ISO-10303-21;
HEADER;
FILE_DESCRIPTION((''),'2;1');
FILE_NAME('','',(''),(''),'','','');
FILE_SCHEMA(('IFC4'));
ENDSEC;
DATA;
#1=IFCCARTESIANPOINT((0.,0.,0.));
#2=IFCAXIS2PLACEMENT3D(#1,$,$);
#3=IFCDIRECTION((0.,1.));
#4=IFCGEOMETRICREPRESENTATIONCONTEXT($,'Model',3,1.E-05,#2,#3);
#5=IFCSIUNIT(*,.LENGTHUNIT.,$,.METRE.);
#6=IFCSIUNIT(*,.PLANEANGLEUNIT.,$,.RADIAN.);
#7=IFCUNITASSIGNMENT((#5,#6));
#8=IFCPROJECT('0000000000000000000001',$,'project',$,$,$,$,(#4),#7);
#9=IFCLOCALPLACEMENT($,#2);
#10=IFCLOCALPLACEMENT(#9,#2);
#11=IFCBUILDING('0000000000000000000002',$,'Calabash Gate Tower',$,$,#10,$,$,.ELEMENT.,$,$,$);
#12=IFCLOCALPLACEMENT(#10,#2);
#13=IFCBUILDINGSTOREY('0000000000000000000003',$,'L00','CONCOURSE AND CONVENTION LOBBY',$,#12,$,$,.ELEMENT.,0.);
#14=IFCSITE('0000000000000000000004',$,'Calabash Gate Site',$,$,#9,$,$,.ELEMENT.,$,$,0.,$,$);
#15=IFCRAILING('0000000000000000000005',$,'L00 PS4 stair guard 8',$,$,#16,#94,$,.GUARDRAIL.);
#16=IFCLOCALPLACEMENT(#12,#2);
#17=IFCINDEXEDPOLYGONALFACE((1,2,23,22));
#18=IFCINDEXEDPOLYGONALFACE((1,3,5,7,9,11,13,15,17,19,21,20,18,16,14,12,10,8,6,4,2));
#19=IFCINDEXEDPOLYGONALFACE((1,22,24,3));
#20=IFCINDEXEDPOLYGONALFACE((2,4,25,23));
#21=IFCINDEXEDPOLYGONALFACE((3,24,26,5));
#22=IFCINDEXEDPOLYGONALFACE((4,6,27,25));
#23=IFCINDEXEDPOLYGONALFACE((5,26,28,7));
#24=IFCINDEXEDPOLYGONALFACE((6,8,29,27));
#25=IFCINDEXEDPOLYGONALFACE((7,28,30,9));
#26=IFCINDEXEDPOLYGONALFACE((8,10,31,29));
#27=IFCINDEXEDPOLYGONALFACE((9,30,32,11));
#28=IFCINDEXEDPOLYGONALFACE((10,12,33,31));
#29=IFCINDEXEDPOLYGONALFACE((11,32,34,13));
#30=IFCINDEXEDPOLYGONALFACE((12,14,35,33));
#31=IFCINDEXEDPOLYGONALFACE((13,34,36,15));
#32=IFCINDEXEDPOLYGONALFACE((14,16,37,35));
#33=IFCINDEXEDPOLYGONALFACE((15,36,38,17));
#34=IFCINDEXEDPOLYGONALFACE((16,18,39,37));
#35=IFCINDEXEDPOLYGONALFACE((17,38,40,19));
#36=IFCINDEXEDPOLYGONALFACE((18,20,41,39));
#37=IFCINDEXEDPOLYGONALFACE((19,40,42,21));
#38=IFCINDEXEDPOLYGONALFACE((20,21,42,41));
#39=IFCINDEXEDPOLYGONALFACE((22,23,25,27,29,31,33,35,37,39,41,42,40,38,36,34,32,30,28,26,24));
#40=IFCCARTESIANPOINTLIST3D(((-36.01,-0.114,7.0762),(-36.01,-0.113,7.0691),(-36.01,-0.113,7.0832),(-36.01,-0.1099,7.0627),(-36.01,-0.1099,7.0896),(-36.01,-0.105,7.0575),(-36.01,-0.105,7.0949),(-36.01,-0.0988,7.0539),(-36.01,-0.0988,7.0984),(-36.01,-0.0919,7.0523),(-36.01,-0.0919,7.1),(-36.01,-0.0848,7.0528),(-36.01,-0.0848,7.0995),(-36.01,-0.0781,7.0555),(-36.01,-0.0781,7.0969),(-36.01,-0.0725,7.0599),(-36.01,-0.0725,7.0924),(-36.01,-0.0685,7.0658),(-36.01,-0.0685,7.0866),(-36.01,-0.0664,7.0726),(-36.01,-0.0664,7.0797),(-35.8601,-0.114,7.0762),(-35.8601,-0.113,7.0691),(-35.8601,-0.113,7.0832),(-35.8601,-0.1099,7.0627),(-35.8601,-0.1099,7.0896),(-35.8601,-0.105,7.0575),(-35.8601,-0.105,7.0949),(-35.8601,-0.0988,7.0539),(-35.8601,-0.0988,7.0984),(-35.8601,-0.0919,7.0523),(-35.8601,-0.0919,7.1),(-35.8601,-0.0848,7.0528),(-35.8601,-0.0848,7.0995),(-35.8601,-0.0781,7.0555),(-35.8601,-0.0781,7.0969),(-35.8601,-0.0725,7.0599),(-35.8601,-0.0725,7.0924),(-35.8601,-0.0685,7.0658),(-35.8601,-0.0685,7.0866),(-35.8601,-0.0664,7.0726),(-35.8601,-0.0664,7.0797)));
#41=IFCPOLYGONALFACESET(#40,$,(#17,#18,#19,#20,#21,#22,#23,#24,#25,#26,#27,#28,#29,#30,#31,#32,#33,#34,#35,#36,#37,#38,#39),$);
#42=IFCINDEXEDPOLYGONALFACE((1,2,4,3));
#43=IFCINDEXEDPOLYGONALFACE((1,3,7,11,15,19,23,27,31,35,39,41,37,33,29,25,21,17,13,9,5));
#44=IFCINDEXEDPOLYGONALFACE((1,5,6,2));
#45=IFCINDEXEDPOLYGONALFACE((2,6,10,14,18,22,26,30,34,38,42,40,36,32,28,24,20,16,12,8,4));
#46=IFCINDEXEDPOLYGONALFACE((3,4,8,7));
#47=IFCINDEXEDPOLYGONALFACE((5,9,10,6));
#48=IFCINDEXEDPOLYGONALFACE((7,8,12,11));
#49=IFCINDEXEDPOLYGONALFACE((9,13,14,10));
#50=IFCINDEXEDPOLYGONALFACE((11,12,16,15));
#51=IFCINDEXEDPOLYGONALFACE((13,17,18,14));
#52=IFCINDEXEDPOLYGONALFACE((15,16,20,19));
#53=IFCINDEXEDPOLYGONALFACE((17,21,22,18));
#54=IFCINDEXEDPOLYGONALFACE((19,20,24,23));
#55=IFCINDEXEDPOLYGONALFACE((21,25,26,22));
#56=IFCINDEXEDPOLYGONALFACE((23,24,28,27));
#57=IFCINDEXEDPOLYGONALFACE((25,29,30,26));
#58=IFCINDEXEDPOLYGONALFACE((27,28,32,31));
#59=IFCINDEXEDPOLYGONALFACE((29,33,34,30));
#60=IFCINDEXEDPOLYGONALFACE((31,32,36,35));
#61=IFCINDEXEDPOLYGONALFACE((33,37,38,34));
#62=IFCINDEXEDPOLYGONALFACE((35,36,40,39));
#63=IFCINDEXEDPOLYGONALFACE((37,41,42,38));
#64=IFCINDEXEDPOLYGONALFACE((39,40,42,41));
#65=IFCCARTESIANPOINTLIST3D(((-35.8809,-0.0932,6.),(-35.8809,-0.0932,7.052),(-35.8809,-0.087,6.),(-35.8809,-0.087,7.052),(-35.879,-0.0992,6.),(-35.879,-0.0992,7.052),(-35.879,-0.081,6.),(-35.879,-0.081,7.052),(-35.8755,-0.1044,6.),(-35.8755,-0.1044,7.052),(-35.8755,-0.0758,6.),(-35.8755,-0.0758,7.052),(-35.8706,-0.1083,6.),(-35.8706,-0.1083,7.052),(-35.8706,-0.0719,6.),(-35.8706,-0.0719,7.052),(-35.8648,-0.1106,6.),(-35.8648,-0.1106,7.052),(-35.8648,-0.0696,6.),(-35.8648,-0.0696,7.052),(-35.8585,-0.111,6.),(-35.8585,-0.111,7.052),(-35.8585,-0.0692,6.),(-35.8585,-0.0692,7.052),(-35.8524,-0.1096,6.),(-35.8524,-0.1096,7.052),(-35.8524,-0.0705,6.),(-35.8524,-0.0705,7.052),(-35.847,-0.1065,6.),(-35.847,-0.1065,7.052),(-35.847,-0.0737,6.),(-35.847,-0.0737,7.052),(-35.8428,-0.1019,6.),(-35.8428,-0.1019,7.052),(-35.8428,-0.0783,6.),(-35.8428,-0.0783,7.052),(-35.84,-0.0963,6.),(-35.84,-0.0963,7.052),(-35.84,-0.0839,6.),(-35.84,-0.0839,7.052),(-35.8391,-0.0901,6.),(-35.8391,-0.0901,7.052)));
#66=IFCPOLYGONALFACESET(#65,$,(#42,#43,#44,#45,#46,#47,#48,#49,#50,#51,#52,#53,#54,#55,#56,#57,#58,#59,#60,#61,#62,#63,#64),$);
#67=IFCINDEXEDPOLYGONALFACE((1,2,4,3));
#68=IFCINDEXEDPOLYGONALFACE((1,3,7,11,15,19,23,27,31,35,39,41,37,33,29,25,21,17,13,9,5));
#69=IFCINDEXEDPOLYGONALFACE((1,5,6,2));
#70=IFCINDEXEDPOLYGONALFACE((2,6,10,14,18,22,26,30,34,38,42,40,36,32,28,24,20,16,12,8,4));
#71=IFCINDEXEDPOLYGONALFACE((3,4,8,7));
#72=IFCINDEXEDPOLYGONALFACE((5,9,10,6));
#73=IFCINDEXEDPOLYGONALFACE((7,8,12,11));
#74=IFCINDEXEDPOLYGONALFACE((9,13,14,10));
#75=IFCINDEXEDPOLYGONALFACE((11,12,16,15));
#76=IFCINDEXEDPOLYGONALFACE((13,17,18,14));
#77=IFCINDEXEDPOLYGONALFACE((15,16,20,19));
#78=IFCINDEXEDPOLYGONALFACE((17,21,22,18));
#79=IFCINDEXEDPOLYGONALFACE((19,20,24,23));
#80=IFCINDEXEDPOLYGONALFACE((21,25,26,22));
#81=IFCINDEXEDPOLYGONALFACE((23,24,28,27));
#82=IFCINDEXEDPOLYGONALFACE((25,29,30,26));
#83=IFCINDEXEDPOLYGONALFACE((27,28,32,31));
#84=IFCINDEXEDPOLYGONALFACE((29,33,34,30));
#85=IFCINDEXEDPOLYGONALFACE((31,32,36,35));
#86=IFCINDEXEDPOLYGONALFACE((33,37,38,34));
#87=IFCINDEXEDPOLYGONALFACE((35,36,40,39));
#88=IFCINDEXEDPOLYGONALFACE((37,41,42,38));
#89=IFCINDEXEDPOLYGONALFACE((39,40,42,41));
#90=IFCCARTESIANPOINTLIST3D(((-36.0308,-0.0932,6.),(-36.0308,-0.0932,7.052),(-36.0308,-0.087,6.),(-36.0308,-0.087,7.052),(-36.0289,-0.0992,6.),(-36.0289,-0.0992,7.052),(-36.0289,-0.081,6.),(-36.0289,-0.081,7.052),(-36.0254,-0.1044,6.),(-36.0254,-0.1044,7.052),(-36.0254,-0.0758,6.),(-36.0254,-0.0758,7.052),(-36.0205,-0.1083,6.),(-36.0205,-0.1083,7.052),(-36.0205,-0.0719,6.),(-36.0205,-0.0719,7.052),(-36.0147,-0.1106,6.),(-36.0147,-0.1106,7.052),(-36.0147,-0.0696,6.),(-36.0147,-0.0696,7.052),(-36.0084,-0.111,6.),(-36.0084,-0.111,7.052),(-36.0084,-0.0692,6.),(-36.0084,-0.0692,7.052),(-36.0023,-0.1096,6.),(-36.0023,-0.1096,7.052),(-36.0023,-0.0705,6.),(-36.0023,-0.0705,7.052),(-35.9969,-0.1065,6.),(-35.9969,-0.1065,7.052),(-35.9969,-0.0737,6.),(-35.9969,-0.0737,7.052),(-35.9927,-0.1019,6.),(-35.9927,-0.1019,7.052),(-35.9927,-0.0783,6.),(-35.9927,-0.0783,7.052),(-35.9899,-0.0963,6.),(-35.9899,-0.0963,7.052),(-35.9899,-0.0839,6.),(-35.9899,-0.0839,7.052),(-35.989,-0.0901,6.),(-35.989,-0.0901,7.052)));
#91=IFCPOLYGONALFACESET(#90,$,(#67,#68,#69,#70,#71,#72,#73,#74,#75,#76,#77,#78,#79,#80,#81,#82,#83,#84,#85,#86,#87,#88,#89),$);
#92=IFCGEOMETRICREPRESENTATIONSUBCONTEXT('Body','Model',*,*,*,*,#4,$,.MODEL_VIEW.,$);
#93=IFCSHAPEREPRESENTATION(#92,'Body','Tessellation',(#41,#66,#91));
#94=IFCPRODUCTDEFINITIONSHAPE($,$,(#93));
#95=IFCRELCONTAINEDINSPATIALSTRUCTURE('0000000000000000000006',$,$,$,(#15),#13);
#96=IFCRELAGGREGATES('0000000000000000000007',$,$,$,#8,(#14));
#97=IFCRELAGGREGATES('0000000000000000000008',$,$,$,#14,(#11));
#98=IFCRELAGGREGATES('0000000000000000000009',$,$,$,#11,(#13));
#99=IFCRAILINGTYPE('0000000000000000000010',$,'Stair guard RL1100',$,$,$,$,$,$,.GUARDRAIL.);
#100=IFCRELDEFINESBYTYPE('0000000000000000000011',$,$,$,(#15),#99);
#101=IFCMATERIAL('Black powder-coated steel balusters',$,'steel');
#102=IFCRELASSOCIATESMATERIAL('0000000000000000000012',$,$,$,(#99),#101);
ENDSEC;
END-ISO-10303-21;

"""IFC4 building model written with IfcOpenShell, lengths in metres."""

from ifc_helpers import new_model, si_unit, direction, frame, origin, origin_2d, place, context, subcontext, project, spatial, circle, extrude, material, type_object, element, save


model = new_model("IFC4")

# Units and contexts
model_context = context("Model", 3, precision=1e-05, world=origin(), true_north=direction((0.0, 1.0)))
body_context = subcontext(model_context, "Body", "Model", "MODEL_VIEW")
ifc_project = project(units=[si_unit("LENGTHUNIT", "METRE"), si_unit("PLANEANGLEUNIT", "RADIAN")], contexts=[model_context])

# Site, building, storey
site_placement = place(None, origin())
site = spatial("IfcSite", under=ifc_project, at=site_placement, Name="Calabash Gate Site", CompositionType="ELEMENT", RefElevation=0.0)
building_placement = place(site_placement, origin())
building = spatial("IfcBuilding", under=site, at=building_placement, Name="Calabash Gate Tower", CompositionType="ELEMENT")
storey_placement = place(building_placement, origin())
storey = spatial("IfcBuildingStorey", under=building, at=storey_placement, Name="L00", Description="CONCOURSE AND CONVENTION LOBBY", CompositionType="ELEMENT", Elevation=0.0)

# Railing
ifc_material_1 = material(Name="Black powder-coated steel balusters", Category="steel")
railing_type_1 = type_object("IfcRailingType", Name="Stair guard RL1100", PredefinedType="GUARDRAIL", material=ifc_material_1)
railing_1_placement = place(storey_placement, frame((-35.8601, -0.0901, 6.0)))
element("IfcRailing", 1, at=railing_1_placement, inside=storey, type_object=railing_type_1, Name="L00 PS4 stair guard 8", PredefinedType="GUARDRAIL", context=body_context, shape_type="SweptSolid", body=[
    extrude(circle(Radius=0.0239, at=origin_2d()), frame((0.0, 0.0, 1.0762), z_axis=(-1.0, 0.0, 0.0), x_axis=(0.0, -1.0, 0.0)), (0.0, 0.0, 1.0), 0.1499),
    extrude(circle(Radius=0.021, at=origin_2d()), origin(), (0.0, 0.0, 1.0), 1.052),
    extrude(circle(Radius=0.021, at=origin_2d()), frame((-0.1499, 0.0, 0.0)), (0.0, 0.0, 1.0), 1.052),
])

save(model, "model.ifc")
